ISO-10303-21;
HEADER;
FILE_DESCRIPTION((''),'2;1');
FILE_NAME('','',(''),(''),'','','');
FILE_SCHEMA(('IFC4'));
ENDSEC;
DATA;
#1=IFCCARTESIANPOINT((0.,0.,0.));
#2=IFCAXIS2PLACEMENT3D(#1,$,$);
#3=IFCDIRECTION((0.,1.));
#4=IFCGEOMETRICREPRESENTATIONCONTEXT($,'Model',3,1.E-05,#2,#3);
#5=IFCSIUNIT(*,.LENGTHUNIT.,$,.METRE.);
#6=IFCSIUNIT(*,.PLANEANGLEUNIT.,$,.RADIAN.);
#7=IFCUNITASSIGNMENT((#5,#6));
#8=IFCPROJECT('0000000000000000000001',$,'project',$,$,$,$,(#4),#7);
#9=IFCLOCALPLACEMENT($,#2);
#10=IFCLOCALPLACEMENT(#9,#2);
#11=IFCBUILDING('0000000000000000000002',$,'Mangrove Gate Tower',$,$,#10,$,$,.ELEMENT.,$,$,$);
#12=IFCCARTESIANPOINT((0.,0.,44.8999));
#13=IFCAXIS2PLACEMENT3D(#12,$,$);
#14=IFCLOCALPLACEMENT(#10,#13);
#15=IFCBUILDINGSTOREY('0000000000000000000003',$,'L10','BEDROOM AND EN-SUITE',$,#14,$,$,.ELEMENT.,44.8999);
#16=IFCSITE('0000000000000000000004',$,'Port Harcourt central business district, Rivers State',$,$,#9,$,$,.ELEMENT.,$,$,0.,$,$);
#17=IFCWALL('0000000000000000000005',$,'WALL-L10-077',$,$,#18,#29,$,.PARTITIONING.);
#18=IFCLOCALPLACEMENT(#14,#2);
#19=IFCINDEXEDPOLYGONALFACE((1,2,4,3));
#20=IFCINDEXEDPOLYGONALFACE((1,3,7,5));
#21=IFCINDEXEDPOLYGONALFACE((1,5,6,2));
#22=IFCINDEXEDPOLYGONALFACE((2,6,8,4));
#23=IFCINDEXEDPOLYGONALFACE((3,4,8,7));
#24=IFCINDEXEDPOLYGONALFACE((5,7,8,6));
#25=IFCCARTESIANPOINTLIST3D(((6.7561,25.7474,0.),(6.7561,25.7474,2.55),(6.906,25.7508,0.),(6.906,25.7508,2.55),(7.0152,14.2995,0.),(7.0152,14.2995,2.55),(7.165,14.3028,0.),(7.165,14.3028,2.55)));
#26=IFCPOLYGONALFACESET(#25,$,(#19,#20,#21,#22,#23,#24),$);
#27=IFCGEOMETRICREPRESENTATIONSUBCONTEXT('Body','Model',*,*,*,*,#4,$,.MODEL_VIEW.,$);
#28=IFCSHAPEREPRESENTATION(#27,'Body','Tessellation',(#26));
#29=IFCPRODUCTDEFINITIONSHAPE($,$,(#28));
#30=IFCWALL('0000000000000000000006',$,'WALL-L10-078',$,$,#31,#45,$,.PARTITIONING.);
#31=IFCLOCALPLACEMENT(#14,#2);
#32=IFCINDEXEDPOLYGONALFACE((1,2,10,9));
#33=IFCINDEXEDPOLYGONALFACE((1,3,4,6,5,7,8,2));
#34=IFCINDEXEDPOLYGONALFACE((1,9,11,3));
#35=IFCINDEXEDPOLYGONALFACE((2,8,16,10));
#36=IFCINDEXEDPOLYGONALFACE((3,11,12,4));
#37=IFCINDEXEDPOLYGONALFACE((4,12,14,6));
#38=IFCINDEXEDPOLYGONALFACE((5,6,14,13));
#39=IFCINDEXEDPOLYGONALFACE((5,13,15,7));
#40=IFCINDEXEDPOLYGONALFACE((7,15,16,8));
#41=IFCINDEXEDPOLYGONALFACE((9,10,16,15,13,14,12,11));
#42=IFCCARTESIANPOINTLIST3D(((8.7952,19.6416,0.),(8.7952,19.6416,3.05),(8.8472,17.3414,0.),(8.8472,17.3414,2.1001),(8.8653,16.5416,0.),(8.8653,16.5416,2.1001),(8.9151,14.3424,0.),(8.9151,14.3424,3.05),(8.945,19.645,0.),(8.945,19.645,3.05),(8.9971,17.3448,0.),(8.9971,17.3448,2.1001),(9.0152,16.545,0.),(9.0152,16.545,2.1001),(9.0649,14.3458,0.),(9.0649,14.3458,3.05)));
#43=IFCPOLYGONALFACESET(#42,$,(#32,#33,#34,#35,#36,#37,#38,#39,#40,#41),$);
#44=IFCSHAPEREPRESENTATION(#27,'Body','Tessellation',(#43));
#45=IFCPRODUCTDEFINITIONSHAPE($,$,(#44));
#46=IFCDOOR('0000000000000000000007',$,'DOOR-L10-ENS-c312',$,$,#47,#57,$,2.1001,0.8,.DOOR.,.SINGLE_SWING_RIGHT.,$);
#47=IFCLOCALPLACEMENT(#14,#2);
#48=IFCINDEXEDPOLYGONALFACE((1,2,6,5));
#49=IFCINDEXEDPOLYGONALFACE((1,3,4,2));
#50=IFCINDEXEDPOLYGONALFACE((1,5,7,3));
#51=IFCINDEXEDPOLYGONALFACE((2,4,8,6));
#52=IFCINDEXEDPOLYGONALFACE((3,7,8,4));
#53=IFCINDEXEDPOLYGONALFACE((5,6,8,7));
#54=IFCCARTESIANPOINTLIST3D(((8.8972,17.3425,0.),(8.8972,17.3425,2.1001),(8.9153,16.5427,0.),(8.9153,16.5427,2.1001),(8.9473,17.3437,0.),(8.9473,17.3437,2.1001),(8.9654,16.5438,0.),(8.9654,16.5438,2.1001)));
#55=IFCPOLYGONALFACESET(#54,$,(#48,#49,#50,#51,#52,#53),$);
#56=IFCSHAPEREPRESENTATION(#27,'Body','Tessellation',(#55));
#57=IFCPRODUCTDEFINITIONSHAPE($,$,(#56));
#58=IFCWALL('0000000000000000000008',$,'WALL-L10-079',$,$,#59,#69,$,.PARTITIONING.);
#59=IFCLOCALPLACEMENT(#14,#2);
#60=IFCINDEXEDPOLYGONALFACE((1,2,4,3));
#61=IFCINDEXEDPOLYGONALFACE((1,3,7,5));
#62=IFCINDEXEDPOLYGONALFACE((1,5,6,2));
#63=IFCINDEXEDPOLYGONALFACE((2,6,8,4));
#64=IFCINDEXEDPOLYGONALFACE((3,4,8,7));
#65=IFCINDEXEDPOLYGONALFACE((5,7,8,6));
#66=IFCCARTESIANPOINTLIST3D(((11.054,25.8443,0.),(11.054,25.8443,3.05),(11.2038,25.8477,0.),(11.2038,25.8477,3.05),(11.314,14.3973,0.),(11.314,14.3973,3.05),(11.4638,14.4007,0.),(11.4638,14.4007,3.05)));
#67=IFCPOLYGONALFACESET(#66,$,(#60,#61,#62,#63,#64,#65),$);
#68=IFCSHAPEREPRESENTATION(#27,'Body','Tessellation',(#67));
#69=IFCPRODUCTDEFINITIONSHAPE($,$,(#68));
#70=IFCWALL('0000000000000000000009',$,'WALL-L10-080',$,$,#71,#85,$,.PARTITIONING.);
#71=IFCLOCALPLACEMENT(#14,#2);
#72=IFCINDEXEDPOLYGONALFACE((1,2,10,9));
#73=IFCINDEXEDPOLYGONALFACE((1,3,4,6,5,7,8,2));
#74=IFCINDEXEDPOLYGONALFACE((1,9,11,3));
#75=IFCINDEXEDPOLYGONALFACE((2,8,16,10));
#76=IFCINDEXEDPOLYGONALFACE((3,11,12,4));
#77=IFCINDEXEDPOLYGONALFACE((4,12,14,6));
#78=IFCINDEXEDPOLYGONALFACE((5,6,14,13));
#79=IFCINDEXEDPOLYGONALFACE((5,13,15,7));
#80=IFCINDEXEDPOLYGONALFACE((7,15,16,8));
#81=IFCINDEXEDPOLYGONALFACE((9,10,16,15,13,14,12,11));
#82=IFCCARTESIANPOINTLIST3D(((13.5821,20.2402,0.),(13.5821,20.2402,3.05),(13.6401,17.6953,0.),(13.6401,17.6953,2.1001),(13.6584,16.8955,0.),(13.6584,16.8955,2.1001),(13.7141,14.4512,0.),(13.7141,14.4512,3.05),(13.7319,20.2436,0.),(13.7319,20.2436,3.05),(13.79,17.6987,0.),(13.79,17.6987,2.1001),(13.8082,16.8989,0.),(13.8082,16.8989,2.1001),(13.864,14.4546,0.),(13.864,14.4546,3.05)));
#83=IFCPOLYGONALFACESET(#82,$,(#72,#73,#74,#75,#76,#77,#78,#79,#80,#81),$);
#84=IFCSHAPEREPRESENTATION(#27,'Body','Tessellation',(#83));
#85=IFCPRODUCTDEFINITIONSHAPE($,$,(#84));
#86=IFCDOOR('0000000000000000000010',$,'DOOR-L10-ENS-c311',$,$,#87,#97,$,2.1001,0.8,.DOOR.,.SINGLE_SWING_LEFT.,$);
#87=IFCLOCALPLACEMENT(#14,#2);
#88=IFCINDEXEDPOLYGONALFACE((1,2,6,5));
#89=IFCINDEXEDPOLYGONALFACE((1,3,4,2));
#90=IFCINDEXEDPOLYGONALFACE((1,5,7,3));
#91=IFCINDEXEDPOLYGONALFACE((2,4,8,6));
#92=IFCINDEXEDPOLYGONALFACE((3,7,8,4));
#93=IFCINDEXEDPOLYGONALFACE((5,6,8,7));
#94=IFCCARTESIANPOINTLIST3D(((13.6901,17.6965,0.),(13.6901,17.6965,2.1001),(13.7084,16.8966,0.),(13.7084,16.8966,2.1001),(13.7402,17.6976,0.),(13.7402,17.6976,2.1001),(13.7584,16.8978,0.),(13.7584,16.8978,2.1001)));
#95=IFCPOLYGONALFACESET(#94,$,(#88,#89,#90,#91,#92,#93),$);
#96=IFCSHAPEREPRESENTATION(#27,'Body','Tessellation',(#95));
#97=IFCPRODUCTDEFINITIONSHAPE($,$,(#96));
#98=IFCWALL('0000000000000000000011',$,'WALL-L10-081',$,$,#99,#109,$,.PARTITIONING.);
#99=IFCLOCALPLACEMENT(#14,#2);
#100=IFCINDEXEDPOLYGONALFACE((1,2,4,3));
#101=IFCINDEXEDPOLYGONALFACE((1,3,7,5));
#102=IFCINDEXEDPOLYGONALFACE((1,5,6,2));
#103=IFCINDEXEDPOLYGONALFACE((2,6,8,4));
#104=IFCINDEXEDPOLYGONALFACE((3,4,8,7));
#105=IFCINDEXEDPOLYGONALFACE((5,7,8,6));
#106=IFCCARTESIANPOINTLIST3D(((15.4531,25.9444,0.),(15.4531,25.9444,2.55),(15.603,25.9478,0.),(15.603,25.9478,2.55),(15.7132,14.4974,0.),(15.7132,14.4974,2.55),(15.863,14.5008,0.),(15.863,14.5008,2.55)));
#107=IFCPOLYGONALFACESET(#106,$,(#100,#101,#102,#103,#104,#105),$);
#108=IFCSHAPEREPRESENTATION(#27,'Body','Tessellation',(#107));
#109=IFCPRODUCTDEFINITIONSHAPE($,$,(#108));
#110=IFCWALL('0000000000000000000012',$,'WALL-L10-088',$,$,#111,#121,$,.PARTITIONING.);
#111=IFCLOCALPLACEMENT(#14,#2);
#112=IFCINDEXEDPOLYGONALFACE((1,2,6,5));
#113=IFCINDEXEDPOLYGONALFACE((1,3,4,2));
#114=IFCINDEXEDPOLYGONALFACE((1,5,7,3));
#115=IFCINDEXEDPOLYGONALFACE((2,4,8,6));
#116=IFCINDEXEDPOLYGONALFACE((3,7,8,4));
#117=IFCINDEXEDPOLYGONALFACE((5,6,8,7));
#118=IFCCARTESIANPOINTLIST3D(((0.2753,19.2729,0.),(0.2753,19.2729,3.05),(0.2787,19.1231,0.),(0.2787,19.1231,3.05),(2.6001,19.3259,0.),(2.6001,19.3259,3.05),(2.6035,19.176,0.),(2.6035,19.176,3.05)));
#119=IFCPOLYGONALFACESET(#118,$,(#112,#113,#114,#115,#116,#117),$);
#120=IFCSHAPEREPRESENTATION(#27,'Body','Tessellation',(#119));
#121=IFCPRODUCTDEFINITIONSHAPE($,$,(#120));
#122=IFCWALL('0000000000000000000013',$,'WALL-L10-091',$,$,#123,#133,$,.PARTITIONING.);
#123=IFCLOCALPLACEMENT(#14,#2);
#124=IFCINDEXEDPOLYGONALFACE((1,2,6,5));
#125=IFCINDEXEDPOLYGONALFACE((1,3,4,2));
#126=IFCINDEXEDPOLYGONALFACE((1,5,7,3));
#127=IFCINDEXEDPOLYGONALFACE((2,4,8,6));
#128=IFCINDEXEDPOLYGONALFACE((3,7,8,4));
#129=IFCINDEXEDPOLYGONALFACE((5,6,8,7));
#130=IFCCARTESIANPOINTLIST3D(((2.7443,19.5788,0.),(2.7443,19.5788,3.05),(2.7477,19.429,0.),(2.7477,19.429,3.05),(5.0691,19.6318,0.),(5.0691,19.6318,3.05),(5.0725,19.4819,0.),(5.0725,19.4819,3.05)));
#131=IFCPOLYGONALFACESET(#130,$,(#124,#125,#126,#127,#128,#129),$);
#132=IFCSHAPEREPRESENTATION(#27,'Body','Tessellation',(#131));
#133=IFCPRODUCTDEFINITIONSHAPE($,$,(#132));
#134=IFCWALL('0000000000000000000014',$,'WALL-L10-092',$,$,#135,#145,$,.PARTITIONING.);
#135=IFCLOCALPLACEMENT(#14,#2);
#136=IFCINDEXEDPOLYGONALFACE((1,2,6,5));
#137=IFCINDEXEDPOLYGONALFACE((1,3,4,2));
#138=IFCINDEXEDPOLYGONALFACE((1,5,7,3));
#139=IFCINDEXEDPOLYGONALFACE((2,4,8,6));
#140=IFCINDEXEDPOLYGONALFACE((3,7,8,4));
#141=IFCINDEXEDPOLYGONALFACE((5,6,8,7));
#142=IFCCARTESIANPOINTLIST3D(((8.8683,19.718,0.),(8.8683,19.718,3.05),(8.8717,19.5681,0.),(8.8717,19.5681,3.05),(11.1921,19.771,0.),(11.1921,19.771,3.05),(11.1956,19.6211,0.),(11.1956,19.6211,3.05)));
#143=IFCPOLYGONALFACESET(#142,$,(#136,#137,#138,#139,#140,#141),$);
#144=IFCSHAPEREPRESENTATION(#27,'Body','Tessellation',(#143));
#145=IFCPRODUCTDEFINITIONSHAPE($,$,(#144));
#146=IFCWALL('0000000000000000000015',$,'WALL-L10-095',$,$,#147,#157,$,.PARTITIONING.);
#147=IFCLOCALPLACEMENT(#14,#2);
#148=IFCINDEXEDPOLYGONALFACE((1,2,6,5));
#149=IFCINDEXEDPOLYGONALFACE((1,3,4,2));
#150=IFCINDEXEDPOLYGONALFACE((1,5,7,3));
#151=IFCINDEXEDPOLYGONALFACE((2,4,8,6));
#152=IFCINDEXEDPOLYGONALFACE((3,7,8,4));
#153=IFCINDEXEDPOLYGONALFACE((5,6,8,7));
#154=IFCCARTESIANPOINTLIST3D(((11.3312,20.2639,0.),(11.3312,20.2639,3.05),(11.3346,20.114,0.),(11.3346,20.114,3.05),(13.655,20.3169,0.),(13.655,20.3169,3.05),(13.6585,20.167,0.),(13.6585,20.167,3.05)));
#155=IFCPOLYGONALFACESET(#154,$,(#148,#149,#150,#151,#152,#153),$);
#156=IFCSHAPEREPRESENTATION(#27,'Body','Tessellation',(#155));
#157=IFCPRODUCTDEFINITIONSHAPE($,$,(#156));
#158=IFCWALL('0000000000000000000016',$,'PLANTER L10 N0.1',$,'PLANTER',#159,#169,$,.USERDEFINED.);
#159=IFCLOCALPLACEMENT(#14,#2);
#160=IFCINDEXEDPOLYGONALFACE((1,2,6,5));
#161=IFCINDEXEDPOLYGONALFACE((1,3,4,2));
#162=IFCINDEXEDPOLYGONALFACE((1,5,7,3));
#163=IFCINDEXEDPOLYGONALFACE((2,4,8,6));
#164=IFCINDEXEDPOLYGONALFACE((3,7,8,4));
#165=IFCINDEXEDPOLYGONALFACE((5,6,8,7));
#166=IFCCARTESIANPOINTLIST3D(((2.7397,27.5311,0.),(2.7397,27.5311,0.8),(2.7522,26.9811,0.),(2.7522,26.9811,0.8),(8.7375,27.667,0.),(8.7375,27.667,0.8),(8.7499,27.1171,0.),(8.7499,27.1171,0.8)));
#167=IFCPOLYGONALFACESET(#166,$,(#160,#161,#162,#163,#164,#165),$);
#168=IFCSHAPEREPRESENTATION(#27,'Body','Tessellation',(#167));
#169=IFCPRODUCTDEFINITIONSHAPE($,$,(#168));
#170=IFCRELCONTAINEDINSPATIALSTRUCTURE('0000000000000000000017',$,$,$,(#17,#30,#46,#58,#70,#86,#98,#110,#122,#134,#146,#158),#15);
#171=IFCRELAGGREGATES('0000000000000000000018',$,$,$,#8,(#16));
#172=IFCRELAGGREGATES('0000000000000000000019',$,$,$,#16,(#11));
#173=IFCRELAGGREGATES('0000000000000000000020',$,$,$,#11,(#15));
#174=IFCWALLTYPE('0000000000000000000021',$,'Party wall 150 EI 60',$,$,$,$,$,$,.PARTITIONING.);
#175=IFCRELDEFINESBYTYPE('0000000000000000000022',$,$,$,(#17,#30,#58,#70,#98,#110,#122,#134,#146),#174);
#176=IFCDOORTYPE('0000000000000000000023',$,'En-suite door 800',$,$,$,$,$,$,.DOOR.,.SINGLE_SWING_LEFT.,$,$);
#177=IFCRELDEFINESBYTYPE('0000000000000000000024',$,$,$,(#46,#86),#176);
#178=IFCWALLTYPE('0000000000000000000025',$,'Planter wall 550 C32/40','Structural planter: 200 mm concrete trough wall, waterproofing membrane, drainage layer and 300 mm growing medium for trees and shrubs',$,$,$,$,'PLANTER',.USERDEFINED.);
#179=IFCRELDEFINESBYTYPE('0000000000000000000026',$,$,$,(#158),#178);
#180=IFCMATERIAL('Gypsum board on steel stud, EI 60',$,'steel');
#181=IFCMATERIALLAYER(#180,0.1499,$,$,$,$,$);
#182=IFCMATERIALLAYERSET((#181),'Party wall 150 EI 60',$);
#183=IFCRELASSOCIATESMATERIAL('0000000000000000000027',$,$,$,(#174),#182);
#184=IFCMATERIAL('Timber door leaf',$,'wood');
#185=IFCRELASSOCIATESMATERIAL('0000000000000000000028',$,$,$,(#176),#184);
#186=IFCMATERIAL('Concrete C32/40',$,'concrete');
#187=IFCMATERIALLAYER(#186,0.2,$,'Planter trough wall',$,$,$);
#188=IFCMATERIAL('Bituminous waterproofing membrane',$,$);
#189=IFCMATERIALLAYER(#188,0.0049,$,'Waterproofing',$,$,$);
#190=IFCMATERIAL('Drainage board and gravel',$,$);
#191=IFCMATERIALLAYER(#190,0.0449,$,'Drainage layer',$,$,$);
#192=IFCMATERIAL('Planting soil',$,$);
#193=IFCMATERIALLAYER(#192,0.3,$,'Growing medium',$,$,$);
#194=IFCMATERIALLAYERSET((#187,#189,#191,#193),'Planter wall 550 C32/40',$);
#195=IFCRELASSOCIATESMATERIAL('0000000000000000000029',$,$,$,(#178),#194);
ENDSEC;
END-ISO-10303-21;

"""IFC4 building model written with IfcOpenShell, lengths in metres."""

from ifc_helpers import new_model, si_unit, direction, frame, frame_2d, origin, place, context, subcontext, project, spatial, rectangle, extrude, material, layer, layer_set, type_object, element, fill, save


model = new_model("IFC4")

# Units and contexts
model_context = context("Model", 3, precision=1e-05, world=origin(), true_north=direction((0.0, 1.0)))
body_context = subcontext(model_context, "Body", "Model", "MODEL_VIEW")
ifc_project = project(units=[si_unit("LENGTHUNIT", "METRE"), si_unit("PLANEANGLEUNIT", "RADIAN")], contexts=[model_context])

# Site, building, storey
site_placement = place(None, origin())
site = spatial("IfcSite", under=ifc_project, at=site_placement, Name="Port Harcourt central business district, Rivers State", CompositionType="ELEMENT", RefElevation=0.0)
building_placement = place(site_placement, origin())
building = spatial("IfcBuilding", under=site, at=building_placement, Name="Mangrove Gate Tower", CompositionType="ELEMENT")
storey_placement = place(building_placement, frame((0.0, 0.0, 44.8999)))
storey = spatial("IfcBuildingStorey", under=building, at=storey_placement, Name="L10", Description="BEDROOM AND EN-SUITE", CompositionType="ELEMENT", Elevation=44.8999)

# Shared definitions
ifc_material_1 = material(Name="Gypsum board on steel stud, EI 60", Category="steel")
ifc_layer_1 = layer(ifc_material_1, 0.1499)
ifc_layer_set_1 = layer_set([ifc_layer_1], Name="Party wall 150 EI 60")
wall_type_1 = type_object("IfcWallType", Name="Party wall 150 EI 60", PredefinedType="PARTITIONING", material=ifc_layer_set_1)
ifc_material_2 = material(Name="Timber door leaf", Category="wood")
door_type_1 = type_object("IfcDoorType", Name="En-suite door 800", OperationType="SINGLE_SWING_LEFT", PredefinedType="DOOR", material=ifc_material_2)

# Wall
wall_1_placement = place(storey_placement, frame((7.0901, 14.301, 0.0), z_axis=(0.0, 0.0, 1.0), x_axis=(-0.022621, 0.999744, 0.0)))
element("IfcWall", 1, at=wall_1_placement, inside=storey, type_object=wall_type_1, Name="WALL-L10-077", PredefinedType="PARTITIONING", context=body_context, shape_type="SweptSolid", body=[
    extrude(rectangle(XDim=11.4509, YDim=0.1499, at=frame_2d((5.7256, 0.0))), origin(), (0.0, 0.0, 1.0), 2.55),
])

# Wall, opening, door
wall_2_placement = place(storey_placement, frame((8.99, 14.344, 0.0), z_axis=(0.0, 0.0, 1.0), x_axis=(-0.022616, 0.999744, 0.0)))
wall_2 = element("IfcWall", 2, at=wall_2_placement, inside=storey, type_object=wall_type_1, Name="WALL-L10-078", PredefinedType="PARTITIONING", context=body_context, shape_type="SweptSolid", body=[
    extrude(rectangle(XDim=5.3005, YDim=0.1499, at=frame_2d((2.6504, 0.0))), origin(), (0.0, 0.0, 1.0), 3.05),
])
opening_1_placement = place(wall_2_placement, frame((2.2, 0.0, 0.0)))
opening_1 = element("IfcOpeningElement", 3, at=opening_1_placement, cuts=wall_2, PredefinedType="OPENING", context=body_context, shape_type="SweptSolid", body=[
    extrude(rectangle(XDim=0.8, YDim=2.1001, at=frame_2d((0.3999, 1.05))), frame((0.0, 0.085, 0.0), z_axis=(0.0, -1.0, 0.0), x_axis=(1.0, 0.0, 0.0)), (0.0, 0.0, 1.0), 0.1699),
])
door_1_placement = place(opening_1_placement, origin())
door_1 = element("IfcDoor", 4, at=door_1_placement, inside=storey, type_object=door_type_1, Name="DOOR-L10-ENS-c312", OperationType="SINGLE_SWING_RIGHT", OverallHeight=2.1001, OverallWidth=0.8, PredefinedType="DOOR", context=body_context, shape_type="SweptSolid", body=[
    extrude(rectangle(XDim=0.8, YDim=2.1001, at=frame_2d((0.3999, 1.05))), frame((0.0, 0.0249, 0.0), z_axis=(0.0, -1.0, 0.0), x_axis=(1.0, 0.0, 0.0)), (0.0, 0.0, 1.0), 0.05),
])
fill(opening_1, door_1)

# Wall
wall_3_placement = place(storey_placement, frame((11.3889, 14.3989, 0.0), z_axis=(0.0, 0.0, 1.0), x_axis=(-0.022708, 0.999742, 0.0)))
element("IfcWall", 5, at=wall_3_placement, inside=storey, type_object=wall_type_1, Name="WALL-L10-079", PredefinedType="PARTITIONING", context=body_context, shape_type="SweptSolid", body=[
    extrude(rectangle(XDim=11.45, YDim=0.1499, at=frame_2d((5.7251, 0.0))), origin(), (0.0, 0.0, 1.0), 3.05),
])

# Wall, opening, door
wall_4_placement = place(storey_placement, frame((13.7891, 14.4529, 0.0), z_axis=(0.0, 0.0, 1.0), x_axis=(-0.02281, 0.99974, 0.0)))
wall_4 = element("IfcWall", 6, at=wall_4_placement, inside=storey, type_object=wall_type_1, Name="WALL-L10-080", PredefinedType="PARTITIONING", context=body_context, shape_type="SweptSolid", body=[
    extrude(rectangle(XDim=5.7905, YDim=0.1499, at=frame_2d((2.8953, 0.0))), origin(), (0.0, 0.0, 1.0), 3.05),
])
opening_2_placement = place(wall_4_placement, frame((2.4451, 0.0, 0.0)))
opening_2 = element("IfcOpeningElement", 7, at=opening_2_placement, cuts=wall_4, PredefinedType="OPENING", context=body_context, shape_type="SweptSolid", body=[
    extrude(rectangle(XDim=0.8, YDim=2.1001, at=frame_2d((0.3999, 1.05))), frame((0.0, 0.085, 0.0), z_axis=(0.0, -1.0, 0.0), x_axis=(1.0, 0.0, 0.0)), (0.0, 0.0, 1.0), 0.1699),
])
door_2_placement = place(opening_2_placement, origin())
door_2 = element("IfcDoor", 8, at=door_2_placement, inside=storey, type_object=door_type_1, Name="DOOR-L10-ENS-c311", OperationType="SINGLE_SWING_LEFT", OverallHeight=2.1001, OverallWidth=0.8, PredefinedType="DOOR", context=body_context, shape_type="SweptSolid", body=[
    extrude(rectangle(XDim=0.8, YDim=2.1001, at=frame_2d((0.3999, 1.05))), frame((0.0, 0.0249, 0.0), z_axis=(0.0, -1.0, 0.0), x_axis=(1.0, 0.0, 0.0)), (0.0, 0.0, 1.0), 0.05),
])
fill(opening_2, door_2)

# Walls
wall_5_placement = place(storey_placement, frame((15.7881, 14.499, 0.0), z_axis=(0.0, 0.0, 1.0), x_axis=(-0.022708, 0.999742, 0.0)))
element("IfcWall", 9, at=wall_5_placement, inside=storey, type_object=wall_type_1, Name="WALL-L10-081", PredefinedType="PARTITIONING", context=body_context, shape_type="SweptSolid", body=[
    extrude(rectangle(XDim=11.45, YDim=0.1499, at=frame_2d((5.7251, 0.0))), origin(), (0.0, 0.0, 1.0), 2.55),
])
for number, where, z_axis, x_axis, name in (
    (10, (0.2771, 19.198, 0.0), (0.0, 0.0, 1.0), (0.99974, 0.022781, 0.0), "WALL-L10-088"),
    (11, (2.7461, 19.5039, 0.0), (0.0, 0.0, 1.0), (0.99974, 0.022781, 0.0), "WALL-L10-091"),
):
    element("IfcWall", number, at=place(storey_placement, frame(where, z_axis=z_axis, x_axis=x_axis)), inside=storey, type_object=wall_type_1, Name=name, PredefinedType="PARTITIONING", context=body_context, shape_type="SweptSolid", body=[
        extrude(rectangle(XDim=2.3254, YDim=0.1499, at=frame_2d((1.1626, 0.0))), origin(), (0.0, 0.0, 1.0), 3.05),
    ])
for number, where, z_axis, x_axis, name in (
    (12, (8.8701, 19.6431, 0.0), (0.0, 0.0, 1.0), (0.99974, 0.022791, 0.0), "WALL-L10-092"),
    (13, (11.333, 20.189, 0.0), (0.0, 0.0, 1.0), (0.99974, 0.022791, 0.0), "WALL-L10-095"),
):
    element("IfcWall", number, at=place(storey_placement, frame(where, z_axis=z_axis, x_axis=x_axis)), inside=storey, type_object=wall_type_1, Name=name, PredefinedType="PARTITIONING", context=body_context, shape_type="SweptSolid", body=[
        extrude(rectangle(XDim=2.3245, YDim=0.1499, at=frame_2d((1.1621, 0.0))), origin(), (0.0, 0.0, 1.0), 3.05),
    ])
ifc_material_3 = material(Name="Concrete C32/40", Category="concrete")
ifc_layer_2 = layer(ifc_material_3, 0.2, Name="Planter trough wall")
ifc_material_4 = material(Name="Bituminous waterproofing membrane")
ifc_layer_3 = layer(ifc_material_4, 0.0049, Name="Waterproofing")
ifc_material_5 = material(Name="Drainage board and gravel")
ifc_layer_4 = layer(ifc_material_5, 0.0449, Name="Drainage layer")
ifc_material_6 = material(Name="Planting soil")
ifc_layer_5 = layer(ifc_material_6, 0.3, Name="Growing medium")
ifc_layer_set_2 = layer_set([ifc_layer_2, ifc_layer_3, ifc_layer_4, ifc_layer_5], Name="Planter wall 550 C32/40")
wall_type_2 = type_object("IfcWallType", Name="Planter wall 550 C32/40", Description="Structural planter: 200 mm concrete trough wall, waterproofing membrane, drainage layer and 300 mm growing medium for trees and shrubs", ElementType="PLANTER", PredefinedType="USERDEFINED", material=ifc_layer_set_2)
wall_6_placement = place(storey_placement, frame((2.7461, 27.2561, 0.0), z_axis=(0.0, 0.0, 1.0), x_axis=(0.999743, 0.022667, 0.0)))
element("IfcWall", 14, at=wall_6_placement, inside=storey, type_object=wall_type_2, Name="PLANTER L10 N0.1", ObjectType="PLANTER", PredefinedType="USERDEFINED", context=body_context, shape_type="SweptSolid", body=[
    extrude(rectangle(XDim=5.9993, YDim=0.55, at=frame_2d((2.9995, 0.0))), origin(), (0.0, 0.0, 1.0), 0.8),
])

save(model, "model.ifc")
